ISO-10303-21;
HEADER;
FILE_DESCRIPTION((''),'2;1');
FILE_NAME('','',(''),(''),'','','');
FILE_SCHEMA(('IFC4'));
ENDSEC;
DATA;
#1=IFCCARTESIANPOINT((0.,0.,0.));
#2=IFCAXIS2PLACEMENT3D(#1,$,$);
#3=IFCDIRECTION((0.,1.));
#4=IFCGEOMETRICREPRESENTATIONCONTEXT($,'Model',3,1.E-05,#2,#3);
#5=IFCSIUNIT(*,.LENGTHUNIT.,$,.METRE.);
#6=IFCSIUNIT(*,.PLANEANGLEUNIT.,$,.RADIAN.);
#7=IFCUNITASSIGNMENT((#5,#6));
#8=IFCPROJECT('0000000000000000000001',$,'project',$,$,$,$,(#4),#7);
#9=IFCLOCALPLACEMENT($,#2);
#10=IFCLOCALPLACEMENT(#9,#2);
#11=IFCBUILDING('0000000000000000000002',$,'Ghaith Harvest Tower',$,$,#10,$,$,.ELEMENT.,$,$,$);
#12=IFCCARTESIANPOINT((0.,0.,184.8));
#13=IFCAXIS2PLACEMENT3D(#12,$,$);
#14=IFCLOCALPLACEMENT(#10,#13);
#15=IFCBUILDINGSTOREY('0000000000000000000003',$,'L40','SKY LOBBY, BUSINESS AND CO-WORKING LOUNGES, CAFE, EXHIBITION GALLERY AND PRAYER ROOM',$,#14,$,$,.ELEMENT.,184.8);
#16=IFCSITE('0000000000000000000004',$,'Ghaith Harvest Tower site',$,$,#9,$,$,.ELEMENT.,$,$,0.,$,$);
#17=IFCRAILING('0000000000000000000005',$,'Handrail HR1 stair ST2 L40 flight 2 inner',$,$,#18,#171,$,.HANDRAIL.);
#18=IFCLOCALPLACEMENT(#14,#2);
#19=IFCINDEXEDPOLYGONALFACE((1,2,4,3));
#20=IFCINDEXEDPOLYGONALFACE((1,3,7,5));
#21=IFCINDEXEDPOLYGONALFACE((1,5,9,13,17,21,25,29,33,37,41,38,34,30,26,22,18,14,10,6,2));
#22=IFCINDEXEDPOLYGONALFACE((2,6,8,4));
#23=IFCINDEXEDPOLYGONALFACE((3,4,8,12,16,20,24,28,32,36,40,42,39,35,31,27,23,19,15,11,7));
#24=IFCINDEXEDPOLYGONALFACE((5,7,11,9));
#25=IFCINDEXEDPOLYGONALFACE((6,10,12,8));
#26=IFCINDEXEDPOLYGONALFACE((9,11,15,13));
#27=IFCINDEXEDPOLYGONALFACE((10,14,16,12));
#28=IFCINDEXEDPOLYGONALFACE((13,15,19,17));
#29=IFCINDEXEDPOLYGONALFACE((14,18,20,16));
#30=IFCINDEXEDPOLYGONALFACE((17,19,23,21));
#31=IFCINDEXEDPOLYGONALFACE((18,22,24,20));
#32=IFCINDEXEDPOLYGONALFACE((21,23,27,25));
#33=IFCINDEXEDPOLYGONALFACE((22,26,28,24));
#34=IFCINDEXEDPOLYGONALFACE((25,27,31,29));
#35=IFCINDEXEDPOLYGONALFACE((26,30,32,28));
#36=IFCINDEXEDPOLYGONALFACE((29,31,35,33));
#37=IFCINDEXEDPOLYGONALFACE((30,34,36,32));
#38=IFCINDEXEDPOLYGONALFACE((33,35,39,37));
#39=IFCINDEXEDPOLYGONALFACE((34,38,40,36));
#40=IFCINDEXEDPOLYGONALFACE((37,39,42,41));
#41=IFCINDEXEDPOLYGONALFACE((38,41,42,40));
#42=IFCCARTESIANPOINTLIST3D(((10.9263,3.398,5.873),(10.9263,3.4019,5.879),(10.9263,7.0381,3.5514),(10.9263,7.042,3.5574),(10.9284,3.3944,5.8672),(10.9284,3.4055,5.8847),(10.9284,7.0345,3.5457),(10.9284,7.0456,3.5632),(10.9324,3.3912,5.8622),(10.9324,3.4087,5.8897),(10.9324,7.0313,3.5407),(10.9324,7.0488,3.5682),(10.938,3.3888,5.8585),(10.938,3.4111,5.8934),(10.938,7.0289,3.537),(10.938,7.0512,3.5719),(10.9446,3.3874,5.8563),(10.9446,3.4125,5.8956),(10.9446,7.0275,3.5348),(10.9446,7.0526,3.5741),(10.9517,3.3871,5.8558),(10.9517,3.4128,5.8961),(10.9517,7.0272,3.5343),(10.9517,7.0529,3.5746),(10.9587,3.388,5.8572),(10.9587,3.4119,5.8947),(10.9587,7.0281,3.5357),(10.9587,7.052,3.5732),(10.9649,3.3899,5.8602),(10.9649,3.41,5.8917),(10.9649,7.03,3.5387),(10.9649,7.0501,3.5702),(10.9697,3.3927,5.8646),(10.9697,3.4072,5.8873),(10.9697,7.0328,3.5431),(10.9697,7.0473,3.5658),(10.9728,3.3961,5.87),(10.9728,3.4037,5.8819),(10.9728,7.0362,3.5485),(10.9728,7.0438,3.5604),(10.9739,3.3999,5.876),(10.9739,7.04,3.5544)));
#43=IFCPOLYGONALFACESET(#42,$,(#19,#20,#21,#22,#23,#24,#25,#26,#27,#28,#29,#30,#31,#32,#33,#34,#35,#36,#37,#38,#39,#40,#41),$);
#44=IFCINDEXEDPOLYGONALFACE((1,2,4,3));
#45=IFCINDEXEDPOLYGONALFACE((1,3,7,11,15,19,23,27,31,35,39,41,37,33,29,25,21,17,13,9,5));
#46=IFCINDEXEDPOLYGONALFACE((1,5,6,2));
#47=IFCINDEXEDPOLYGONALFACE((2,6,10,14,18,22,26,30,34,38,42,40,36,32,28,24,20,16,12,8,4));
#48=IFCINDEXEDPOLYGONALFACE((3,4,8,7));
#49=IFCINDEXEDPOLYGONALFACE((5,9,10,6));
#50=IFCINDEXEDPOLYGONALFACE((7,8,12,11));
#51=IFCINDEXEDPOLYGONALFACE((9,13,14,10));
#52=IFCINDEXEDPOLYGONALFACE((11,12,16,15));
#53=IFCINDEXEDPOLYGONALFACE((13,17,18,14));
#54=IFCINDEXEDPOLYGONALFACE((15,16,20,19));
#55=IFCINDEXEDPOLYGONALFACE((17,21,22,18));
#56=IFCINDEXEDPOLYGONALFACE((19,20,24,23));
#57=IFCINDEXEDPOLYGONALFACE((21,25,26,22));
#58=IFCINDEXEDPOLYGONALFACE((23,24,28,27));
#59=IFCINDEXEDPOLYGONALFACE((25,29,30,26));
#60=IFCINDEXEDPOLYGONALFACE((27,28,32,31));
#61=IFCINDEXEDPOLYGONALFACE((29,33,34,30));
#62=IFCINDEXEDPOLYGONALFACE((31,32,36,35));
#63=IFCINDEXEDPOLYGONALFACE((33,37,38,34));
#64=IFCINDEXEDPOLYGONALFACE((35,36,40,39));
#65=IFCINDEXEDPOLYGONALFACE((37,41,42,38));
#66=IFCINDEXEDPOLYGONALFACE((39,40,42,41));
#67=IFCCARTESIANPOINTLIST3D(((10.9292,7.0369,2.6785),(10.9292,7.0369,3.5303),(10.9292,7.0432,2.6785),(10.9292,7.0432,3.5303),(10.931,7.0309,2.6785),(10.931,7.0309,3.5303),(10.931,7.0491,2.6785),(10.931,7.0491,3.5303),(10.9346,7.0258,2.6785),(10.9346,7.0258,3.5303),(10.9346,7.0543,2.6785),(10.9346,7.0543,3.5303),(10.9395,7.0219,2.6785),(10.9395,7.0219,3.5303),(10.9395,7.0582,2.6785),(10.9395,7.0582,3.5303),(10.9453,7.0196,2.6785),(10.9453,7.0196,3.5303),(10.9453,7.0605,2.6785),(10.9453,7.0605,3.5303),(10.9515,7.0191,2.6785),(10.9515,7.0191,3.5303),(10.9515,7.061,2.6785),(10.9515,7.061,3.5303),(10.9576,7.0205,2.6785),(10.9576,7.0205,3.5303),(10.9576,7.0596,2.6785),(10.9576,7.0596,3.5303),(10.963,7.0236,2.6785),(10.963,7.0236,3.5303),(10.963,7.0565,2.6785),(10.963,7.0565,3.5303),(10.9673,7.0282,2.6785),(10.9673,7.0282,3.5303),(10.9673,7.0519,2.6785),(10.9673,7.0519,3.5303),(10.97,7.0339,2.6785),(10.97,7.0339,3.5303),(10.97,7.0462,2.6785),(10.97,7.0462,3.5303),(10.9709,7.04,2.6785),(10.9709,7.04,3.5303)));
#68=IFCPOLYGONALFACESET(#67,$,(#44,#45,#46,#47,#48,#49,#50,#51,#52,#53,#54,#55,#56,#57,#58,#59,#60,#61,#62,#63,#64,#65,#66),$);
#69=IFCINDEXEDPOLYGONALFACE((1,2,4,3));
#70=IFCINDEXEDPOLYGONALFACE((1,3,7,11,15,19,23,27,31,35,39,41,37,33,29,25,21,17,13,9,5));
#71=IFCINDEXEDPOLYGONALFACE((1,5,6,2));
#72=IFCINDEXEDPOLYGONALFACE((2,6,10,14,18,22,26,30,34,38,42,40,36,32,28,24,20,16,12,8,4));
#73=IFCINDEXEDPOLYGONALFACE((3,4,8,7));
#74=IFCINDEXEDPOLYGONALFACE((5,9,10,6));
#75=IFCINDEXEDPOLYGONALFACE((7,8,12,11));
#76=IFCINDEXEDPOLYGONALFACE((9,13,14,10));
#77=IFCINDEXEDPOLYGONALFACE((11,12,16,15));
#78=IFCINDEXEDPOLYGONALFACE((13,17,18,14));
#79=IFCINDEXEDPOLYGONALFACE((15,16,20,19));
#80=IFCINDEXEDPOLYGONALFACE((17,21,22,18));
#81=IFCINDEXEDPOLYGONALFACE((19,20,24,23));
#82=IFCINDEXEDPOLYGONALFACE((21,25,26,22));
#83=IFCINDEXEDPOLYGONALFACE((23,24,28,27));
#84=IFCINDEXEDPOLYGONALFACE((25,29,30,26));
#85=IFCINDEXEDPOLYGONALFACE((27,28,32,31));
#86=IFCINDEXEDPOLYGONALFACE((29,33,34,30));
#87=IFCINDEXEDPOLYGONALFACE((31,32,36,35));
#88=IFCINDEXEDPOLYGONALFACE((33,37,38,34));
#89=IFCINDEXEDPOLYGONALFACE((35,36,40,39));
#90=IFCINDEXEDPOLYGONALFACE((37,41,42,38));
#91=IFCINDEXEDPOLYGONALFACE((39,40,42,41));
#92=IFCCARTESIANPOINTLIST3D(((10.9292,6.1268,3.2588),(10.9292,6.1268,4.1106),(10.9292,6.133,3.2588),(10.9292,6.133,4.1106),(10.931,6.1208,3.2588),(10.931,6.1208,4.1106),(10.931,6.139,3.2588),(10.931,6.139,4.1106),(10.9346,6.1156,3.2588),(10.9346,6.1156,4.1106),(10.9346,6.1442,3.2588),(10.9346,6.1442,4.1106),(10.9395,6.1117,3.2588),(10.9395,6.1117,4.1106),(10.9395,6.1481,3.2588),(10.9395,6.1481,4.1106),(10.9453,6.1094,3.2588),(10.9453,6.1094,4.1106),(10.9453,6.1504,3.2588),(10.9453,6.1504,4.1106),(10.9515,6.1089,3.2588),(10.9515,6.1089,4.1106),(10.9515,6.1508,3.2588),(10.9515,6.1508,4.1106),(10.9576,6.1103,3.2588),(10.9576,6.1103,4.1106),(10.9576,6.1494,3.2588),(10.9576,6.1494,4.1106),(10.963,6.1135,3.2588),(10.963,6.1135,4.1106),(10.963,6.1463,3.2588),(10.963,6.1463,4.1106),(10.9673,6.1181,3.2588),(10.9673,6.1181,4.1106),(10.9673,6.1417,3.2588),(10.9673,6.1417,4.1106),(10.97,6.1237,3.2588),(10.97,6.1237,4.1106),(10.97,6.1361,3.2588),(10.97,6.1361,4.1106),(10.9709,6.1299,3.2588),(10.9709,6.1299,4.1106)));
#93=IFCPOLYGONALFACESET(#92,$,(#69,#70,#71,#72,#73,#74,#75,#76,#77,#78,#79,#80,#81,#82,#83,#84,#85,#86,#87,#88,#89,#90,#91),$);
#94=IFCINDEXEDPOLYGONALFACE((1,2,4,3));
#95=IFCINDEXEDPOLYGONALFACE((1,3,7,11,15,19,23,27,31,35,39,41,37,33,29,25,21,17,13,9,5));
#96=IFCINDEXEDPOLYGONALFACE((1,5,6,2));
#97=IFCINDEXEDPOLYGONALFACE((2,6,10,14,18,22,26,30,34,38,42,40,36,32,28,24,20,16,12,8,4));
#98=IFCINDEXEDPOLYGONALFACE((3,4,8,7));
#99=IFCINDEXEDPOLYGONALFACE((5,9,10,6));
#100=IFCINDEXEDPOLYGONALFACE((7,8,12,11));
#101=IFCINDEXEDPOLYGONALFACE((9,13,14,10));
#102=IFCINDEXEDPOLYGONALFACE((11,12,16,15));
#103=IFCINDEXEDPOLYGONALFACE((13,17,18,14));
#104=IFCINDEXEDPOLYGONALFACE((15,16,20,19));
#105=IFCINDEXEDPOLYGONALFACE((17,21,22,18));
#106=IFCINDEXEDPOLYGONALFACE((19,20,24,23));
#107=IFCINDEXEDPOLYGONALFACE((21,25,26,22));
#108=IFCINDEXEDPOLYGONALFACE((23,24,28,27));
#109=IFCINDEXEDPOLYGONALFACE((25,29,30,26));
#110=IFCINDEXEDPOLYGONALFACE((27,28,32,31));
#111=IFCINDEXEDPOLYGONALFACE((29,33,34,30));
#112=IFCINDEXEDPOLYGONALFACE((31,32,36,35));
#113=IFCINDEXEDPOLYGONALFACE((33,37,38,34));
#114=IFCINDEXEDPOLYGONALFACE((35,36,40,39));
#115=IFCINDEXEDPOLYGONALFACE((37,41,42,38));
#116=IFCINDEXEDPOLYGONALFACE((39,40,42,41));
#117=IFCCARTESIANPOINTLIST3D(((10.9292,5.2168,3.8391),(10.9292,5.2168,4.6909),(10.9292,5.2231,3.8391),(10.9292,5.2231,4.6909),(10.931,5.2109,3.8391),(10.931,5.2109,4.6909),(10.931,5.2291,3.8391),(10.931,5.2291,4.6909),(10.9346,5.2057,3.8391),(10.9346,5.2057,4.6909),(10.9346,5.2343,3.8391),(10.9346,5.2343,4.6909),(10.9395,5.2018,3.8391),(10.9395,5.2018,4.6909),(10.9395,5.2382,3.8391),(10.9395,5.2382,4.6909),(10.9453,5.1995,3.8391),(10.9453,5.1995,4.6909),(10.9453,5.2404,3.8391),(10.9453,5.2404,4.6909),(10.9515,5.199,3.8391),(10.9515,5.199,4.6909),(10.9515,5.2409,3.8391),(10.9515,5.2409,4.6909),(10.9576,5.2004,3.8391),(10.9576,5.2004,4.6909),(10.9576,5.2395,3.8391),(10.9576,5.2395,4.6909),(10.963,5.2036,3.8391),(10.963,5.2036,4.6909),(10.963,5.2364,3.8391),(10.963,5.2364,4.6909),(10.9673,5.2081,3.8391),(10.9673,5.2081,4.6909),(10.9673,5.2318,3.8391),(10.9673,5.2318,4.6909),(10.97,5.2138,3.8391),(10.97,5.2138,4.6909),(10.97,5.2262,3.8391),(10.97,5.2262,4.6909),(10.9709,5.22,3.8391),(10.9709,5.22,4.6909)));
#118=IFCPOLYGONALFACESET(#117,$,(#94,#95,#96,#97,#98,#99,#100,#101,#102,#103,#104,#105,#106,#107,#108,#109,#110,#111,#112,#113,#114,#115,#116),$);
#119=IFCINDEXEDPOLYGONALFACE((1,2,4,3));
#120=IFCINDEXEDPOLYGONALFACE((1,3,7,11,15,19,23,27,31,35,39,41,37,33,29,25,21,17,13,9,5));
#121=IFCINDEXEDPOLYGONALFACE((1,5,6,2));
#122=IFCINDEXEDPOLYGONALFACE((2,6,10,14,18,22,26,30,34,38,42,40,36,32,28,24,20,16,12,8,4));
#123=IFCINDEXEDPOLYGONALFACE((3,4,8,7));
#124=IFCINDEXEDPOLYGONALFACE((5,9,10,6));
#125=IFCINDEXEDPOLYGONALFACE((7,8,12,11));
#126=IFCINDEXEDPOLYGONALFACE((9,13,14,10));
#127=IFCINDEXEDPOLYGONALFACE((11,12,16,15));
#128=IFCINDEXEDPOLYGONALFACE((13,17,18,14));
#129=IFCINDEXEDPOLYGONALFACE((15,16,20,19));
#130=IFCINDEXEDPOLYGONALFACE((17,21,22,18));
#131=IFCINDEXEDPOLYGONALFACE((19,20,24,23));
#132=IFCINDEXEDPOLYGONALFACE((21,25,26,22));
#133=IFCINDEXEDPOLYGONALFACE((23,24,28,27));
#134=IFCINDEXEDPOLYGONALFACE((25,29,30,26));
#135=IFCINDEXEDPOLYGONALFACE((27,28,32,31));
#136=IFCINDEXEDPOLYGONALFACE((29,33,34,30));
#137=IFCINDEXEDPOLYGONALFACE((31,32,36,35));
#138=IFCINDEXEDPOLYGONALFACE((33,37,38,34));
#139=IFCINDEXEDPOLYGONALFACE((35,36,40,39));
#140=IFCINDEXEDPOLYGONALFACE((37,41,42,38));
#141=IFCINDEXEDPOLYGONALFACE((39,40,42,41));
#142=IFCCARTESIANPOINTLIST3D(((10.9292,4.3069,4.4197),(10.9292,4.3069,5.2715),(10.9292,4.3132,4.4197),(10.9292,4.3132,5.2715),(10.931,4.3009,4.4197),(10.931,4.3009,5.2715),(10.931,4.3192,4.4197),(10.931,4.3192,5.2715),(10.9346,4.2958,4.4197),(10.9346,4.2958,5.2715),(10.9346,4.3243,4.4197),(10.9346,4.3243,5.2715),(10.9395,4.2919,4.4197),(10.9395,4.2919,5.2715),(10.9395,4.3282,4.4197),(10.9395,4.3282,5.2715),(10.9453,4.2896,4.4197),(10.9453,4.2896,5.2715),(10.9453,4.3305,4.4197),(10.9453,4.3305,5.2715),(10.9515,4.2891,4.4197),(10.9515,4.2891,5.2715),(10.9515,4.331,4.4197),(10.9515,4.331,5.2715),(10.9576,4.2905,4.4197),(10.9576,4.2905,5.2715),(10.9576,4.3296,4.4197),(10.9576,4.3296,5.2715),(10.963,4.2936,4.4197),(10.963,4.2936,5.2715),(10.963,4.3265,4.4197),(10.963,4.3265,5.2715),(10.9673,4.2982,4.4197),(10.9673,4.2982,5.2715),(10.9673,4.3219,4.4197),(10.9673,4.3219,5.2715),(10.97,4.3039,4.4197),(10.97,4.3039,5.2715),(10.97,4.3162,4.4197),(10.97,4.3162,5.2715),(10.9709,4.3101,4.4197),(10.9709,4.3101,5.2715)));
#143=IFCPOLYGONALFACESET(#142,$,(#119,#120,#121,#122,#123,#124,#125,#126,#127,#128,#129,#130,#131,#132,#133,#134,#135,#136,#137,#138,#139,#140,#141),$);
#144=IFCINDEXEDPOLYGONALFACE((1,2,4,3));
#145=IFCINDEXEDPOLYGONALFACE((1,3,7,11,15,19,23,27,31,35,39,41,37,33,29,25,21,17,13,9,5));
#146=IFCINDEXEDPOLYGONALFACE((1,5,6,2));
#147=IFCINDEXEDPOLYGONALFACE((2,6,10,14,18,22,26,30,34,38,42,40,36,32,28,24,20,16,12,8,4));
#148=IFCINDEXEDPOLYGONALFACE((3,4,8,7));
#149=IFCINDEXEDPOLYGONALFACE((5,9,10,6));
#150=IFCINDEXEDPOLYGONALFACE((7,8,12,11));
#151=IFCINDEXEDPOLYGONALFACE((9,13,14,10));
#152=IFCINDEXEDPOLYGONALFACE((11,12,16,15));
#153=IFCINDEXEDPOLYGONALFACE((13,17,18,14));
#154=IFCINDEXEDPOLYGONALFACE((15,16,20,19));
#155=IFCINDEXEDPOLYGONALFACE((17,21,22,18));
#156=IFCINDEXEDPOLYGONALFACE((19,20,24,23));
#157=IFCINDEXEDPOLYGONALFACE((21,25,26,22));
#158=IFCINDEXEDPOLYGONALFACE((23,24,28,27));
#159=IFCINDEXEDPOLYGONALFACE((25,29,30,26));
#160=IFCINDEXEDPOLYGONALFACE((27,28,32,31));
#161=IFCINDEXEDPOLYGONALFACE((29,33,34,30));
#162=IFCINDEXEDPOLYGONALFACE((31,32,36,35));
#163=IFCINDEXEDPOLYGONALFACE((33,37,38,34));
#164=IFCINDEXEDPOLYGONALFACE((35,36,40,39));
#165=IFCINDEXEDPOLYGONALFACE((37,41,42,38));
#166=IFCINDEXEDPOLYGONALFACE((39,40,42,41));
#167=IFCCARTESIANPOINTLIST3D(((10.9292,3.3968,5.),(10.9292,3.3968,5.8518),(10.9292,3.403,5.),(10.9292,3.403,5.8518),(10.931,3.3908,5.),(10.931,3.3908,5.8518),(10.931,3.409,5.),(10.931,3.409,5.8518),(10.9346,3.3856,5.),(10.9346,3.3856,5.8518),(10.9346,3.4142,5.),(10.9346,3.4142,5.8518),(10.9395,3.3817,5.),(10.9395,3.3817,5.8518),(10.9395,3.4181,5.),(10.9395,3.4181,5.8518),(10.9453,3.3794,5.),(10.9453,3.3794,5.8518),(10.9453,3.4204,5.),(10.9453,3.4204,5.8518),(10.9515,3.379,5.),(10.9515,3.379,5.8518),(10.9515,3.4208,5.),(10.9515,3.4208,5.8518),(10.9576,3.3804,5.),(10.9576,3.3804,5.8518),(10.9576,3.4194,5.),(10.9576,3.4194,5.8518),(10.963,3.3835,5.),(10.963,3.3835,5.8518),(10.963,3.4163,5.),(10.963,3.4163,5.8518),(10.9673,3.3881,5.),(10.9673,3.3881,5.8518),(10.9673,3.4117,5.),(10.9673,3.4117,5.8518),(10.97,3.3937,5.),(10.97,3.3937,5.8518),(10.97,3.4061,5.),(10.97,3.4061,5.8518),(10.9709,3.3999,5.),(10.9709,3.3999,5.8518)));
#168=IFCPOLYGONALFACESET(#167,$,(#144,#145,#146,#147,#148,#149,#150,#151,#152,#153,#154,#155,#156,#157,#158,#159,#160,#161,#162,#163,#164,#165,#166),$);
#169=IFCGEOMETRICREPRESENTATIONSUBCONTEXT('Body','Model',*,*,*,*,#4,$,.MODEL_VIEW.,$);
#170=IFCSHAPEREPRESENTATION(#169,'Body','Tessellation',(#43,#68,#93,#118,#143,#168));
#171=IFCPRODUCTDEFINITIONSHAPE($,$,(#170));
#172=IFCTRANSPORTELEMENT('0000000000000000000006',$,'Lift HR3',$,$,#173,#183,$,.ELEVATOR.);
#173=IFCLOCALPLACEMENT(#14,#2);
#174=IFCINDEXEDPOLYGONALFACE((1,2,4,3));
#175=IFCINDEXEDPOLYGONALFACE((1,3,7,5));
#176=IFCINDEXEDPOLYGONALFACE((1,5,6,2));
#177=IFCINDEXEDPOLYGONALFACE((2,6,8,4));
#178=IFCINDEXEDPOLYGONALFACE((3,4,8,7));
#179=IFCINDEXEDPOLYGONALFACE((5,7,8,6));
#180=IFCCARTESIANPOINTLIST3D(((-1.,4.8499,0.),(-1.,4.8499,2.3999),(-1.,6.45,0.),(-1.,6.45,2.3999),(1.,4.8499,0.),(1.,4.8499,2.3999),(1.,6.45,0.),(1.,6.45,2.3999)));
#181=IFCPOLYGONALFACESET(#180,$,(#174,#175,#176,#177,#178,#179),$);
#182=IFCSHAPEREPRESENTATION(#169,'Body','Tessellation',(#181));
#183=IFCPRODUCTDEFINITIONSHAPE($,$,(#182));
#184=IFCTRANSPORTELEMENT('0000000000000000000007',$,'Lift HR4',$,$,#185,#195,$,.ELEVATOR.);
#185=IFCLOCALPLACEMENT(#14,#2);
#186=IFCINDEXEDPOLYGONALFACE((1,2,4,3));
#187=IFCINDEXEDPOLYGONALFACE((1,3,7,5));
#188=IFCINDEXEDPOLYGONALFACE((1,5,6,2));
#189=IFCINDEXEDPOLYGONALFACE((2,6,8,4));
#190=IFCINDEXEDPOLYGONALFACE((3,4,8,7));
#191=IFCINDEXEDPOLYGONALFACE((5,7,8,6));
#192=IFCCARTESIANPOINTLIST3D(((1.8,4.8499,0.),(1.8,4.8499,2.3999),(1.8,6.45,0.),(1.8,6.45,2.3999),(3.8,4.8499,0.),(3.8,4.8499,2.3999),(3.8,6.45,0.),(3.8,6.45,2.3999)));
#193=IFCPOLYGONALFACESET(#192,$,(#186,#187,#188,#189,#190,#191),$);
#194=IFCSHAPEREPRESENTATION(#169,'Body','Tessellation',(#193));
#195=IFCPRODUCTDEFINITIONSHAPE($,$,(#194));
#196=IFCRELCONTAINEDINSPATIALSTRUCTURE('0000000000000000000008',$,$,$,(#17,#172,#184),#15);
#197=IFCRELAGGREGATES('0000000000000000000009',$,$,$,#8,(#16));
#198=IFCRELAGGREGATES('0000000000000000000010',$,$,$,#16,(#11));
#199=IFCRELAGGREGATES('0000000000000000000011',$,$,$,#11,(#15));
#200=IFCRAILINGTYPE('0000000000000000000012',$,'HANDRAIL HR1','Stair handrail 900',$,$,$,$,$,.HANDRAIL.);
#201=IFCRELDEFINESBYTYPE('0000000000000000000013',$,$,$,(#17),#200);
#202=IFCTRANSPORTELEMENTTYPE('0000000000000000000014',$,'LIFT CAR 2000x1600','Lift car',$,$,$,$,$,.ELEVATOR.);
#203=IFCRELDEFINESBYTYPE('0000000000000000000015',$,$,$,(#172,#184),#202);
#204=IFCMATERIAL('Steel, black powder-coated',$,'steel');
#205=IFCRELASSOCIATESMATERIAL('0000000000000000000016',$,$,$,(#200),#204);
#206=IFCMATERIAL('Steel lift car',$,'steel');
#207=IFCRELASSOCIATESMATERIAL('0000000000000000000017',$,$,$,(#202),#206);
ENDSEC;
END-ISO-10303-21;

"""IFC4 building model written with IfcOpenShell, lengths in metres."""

from ifc_helpers import new_model, si_unit, direction, frame, origin, origin_2d, place, context, subcontext, project, spatial, rectangle, circle, extrude, material, type_object, element, save


model = new_model("IFC4")

# Units and contexts
model_context = context("Model", 3, precision=1e-05, world=origin(), true_north=direction((0.0, 1.0)))
body_context = subcontext(model_context, "Body", "Model", "MODEL_VIEW")
ifc_project = project(units=[si_unit("LENGTHUNIT", "METRE"), si_unit("PLANEANGLEUNIT", "RADIAN")], contexts=[model_context])

# Site, building, storey
site_placement = place(None, origin())
site = spatial("IfcSite", under=ifc_project, at=site_placement, Name="Ghaith Harvest Tower site", CompositionType="ELEMENT", RefElevation=0.0)
building_placement = place(site_placement, origin())
building = spatial("IfcBuilding", under=site, at=building_placement, Name="Ghaith Harvest Tower", CompositionType="ELEMENT")
storey_placement = place(building_placement, frame((0.0, 0.0, 184.8)))
storey = spatial("IfcBuildingStorey", under=building, at=storey_placement, Name="L40", Description="SKY LOBBY, BUSINESS AND CO-WORKING LOUNGES, CAFE, EXHIBITION GALLERY AND PRAYER ROOM", CompositionType="ELEMENT", Elevation=184.8)

# Railing
ifc_material_1 = material(Name="Steel, black powder-coated", Category="steel")
railing_type = type_object("IfcRailingType", Name="HANDRAIL HR1", Description="Stair handrail 900", PredefinedType="HANDRAIL", material=ifc_material_1)
railing_1_placement = place(storey_placement, frame((10.95, 7.04, 2.6785)))
element("IfcRailing", 1, at=railing_1_placement, inside=storey, type_object=railing_type, Name="Handrail HR1 stair ST2 L40 flight 2 inner", PredefinedType="HANDRAIL", context=body_context, shape_type="SweptSolid", body=[
    extrude(circle(Radius=0.0239, at=origin_2d()), frame((0.0, 0.0, 0.876), z_axis=(0.0, -0.843128, 0.537713), x_axis=(1.0, 0.0, 0.0)), (0.0, 0.0, 1.0), 4.3174),
    extrude(circle(Radius=0.021, at=origin_2d()), origin(), (0.0, 0.0, 1.0), 0.8518),
    extrude(circle(Radius=0.021, at=origin_2d()), frame((0.0, -0.9102, 0.5803)), (0.0, 0.0, 1.0), 0.8518),
    extrude(circle(Radius=0.021, at=origin_2d()), frame((0.0, -1.8201, 1.1606)), (0.0, 0.0, 1.0), 0.8518),
    extrude(circle(Radius=0.021, at=origin_2d()), frame((0.0, -2.73, 1.7412)), (0.0, 0.0, 1.0), 0.8518),
    extrude(circle(Radius=0.021, at=origin_2d()), frame((0.0, -3.6401, 2.3215)), (0.0, 0.0, 1.0), 0.8518),
])

# Transport elements
ifc_material_2 = material(Name="Steel lift car", Category="steel")
transport_element_type = type_object("IfcTransportElementType", Name="LIFT CAR 2000x1600", Description="Lift car", PredefinedType="ELEVATOR", material=ifc_material_2)
for number, where, z_axis, x_axis, name in (
    (2, (0.0, 5.6499, 0.0), (0.0, 0.0, 1.0), (1.0, 0.0, 0.0), "Lift HR3"),
    (3, (2.8, 5.6499, 0.0), (0.0, 0.0, 1.0), (1.0, 0.0, 0.0), "Lift HR4"),
):
    element("IfcTransportElement", number, at=place(storey_placement, frame(where, z_axis=z_axis, x_axis=x_axis)), inside=storey, type_object=transport_element_type, Name=name, PredefinedType="ELEVATOR", context=body_context, shape_type="SweptSolid", body=[
        extrude(rectangle(XDim=2.0, YDim=1.6001, at=origin_2d()), origin(), (0.0, 0.0, 1.0), 2.3999),
    ])

save(model, "model.ifc")
